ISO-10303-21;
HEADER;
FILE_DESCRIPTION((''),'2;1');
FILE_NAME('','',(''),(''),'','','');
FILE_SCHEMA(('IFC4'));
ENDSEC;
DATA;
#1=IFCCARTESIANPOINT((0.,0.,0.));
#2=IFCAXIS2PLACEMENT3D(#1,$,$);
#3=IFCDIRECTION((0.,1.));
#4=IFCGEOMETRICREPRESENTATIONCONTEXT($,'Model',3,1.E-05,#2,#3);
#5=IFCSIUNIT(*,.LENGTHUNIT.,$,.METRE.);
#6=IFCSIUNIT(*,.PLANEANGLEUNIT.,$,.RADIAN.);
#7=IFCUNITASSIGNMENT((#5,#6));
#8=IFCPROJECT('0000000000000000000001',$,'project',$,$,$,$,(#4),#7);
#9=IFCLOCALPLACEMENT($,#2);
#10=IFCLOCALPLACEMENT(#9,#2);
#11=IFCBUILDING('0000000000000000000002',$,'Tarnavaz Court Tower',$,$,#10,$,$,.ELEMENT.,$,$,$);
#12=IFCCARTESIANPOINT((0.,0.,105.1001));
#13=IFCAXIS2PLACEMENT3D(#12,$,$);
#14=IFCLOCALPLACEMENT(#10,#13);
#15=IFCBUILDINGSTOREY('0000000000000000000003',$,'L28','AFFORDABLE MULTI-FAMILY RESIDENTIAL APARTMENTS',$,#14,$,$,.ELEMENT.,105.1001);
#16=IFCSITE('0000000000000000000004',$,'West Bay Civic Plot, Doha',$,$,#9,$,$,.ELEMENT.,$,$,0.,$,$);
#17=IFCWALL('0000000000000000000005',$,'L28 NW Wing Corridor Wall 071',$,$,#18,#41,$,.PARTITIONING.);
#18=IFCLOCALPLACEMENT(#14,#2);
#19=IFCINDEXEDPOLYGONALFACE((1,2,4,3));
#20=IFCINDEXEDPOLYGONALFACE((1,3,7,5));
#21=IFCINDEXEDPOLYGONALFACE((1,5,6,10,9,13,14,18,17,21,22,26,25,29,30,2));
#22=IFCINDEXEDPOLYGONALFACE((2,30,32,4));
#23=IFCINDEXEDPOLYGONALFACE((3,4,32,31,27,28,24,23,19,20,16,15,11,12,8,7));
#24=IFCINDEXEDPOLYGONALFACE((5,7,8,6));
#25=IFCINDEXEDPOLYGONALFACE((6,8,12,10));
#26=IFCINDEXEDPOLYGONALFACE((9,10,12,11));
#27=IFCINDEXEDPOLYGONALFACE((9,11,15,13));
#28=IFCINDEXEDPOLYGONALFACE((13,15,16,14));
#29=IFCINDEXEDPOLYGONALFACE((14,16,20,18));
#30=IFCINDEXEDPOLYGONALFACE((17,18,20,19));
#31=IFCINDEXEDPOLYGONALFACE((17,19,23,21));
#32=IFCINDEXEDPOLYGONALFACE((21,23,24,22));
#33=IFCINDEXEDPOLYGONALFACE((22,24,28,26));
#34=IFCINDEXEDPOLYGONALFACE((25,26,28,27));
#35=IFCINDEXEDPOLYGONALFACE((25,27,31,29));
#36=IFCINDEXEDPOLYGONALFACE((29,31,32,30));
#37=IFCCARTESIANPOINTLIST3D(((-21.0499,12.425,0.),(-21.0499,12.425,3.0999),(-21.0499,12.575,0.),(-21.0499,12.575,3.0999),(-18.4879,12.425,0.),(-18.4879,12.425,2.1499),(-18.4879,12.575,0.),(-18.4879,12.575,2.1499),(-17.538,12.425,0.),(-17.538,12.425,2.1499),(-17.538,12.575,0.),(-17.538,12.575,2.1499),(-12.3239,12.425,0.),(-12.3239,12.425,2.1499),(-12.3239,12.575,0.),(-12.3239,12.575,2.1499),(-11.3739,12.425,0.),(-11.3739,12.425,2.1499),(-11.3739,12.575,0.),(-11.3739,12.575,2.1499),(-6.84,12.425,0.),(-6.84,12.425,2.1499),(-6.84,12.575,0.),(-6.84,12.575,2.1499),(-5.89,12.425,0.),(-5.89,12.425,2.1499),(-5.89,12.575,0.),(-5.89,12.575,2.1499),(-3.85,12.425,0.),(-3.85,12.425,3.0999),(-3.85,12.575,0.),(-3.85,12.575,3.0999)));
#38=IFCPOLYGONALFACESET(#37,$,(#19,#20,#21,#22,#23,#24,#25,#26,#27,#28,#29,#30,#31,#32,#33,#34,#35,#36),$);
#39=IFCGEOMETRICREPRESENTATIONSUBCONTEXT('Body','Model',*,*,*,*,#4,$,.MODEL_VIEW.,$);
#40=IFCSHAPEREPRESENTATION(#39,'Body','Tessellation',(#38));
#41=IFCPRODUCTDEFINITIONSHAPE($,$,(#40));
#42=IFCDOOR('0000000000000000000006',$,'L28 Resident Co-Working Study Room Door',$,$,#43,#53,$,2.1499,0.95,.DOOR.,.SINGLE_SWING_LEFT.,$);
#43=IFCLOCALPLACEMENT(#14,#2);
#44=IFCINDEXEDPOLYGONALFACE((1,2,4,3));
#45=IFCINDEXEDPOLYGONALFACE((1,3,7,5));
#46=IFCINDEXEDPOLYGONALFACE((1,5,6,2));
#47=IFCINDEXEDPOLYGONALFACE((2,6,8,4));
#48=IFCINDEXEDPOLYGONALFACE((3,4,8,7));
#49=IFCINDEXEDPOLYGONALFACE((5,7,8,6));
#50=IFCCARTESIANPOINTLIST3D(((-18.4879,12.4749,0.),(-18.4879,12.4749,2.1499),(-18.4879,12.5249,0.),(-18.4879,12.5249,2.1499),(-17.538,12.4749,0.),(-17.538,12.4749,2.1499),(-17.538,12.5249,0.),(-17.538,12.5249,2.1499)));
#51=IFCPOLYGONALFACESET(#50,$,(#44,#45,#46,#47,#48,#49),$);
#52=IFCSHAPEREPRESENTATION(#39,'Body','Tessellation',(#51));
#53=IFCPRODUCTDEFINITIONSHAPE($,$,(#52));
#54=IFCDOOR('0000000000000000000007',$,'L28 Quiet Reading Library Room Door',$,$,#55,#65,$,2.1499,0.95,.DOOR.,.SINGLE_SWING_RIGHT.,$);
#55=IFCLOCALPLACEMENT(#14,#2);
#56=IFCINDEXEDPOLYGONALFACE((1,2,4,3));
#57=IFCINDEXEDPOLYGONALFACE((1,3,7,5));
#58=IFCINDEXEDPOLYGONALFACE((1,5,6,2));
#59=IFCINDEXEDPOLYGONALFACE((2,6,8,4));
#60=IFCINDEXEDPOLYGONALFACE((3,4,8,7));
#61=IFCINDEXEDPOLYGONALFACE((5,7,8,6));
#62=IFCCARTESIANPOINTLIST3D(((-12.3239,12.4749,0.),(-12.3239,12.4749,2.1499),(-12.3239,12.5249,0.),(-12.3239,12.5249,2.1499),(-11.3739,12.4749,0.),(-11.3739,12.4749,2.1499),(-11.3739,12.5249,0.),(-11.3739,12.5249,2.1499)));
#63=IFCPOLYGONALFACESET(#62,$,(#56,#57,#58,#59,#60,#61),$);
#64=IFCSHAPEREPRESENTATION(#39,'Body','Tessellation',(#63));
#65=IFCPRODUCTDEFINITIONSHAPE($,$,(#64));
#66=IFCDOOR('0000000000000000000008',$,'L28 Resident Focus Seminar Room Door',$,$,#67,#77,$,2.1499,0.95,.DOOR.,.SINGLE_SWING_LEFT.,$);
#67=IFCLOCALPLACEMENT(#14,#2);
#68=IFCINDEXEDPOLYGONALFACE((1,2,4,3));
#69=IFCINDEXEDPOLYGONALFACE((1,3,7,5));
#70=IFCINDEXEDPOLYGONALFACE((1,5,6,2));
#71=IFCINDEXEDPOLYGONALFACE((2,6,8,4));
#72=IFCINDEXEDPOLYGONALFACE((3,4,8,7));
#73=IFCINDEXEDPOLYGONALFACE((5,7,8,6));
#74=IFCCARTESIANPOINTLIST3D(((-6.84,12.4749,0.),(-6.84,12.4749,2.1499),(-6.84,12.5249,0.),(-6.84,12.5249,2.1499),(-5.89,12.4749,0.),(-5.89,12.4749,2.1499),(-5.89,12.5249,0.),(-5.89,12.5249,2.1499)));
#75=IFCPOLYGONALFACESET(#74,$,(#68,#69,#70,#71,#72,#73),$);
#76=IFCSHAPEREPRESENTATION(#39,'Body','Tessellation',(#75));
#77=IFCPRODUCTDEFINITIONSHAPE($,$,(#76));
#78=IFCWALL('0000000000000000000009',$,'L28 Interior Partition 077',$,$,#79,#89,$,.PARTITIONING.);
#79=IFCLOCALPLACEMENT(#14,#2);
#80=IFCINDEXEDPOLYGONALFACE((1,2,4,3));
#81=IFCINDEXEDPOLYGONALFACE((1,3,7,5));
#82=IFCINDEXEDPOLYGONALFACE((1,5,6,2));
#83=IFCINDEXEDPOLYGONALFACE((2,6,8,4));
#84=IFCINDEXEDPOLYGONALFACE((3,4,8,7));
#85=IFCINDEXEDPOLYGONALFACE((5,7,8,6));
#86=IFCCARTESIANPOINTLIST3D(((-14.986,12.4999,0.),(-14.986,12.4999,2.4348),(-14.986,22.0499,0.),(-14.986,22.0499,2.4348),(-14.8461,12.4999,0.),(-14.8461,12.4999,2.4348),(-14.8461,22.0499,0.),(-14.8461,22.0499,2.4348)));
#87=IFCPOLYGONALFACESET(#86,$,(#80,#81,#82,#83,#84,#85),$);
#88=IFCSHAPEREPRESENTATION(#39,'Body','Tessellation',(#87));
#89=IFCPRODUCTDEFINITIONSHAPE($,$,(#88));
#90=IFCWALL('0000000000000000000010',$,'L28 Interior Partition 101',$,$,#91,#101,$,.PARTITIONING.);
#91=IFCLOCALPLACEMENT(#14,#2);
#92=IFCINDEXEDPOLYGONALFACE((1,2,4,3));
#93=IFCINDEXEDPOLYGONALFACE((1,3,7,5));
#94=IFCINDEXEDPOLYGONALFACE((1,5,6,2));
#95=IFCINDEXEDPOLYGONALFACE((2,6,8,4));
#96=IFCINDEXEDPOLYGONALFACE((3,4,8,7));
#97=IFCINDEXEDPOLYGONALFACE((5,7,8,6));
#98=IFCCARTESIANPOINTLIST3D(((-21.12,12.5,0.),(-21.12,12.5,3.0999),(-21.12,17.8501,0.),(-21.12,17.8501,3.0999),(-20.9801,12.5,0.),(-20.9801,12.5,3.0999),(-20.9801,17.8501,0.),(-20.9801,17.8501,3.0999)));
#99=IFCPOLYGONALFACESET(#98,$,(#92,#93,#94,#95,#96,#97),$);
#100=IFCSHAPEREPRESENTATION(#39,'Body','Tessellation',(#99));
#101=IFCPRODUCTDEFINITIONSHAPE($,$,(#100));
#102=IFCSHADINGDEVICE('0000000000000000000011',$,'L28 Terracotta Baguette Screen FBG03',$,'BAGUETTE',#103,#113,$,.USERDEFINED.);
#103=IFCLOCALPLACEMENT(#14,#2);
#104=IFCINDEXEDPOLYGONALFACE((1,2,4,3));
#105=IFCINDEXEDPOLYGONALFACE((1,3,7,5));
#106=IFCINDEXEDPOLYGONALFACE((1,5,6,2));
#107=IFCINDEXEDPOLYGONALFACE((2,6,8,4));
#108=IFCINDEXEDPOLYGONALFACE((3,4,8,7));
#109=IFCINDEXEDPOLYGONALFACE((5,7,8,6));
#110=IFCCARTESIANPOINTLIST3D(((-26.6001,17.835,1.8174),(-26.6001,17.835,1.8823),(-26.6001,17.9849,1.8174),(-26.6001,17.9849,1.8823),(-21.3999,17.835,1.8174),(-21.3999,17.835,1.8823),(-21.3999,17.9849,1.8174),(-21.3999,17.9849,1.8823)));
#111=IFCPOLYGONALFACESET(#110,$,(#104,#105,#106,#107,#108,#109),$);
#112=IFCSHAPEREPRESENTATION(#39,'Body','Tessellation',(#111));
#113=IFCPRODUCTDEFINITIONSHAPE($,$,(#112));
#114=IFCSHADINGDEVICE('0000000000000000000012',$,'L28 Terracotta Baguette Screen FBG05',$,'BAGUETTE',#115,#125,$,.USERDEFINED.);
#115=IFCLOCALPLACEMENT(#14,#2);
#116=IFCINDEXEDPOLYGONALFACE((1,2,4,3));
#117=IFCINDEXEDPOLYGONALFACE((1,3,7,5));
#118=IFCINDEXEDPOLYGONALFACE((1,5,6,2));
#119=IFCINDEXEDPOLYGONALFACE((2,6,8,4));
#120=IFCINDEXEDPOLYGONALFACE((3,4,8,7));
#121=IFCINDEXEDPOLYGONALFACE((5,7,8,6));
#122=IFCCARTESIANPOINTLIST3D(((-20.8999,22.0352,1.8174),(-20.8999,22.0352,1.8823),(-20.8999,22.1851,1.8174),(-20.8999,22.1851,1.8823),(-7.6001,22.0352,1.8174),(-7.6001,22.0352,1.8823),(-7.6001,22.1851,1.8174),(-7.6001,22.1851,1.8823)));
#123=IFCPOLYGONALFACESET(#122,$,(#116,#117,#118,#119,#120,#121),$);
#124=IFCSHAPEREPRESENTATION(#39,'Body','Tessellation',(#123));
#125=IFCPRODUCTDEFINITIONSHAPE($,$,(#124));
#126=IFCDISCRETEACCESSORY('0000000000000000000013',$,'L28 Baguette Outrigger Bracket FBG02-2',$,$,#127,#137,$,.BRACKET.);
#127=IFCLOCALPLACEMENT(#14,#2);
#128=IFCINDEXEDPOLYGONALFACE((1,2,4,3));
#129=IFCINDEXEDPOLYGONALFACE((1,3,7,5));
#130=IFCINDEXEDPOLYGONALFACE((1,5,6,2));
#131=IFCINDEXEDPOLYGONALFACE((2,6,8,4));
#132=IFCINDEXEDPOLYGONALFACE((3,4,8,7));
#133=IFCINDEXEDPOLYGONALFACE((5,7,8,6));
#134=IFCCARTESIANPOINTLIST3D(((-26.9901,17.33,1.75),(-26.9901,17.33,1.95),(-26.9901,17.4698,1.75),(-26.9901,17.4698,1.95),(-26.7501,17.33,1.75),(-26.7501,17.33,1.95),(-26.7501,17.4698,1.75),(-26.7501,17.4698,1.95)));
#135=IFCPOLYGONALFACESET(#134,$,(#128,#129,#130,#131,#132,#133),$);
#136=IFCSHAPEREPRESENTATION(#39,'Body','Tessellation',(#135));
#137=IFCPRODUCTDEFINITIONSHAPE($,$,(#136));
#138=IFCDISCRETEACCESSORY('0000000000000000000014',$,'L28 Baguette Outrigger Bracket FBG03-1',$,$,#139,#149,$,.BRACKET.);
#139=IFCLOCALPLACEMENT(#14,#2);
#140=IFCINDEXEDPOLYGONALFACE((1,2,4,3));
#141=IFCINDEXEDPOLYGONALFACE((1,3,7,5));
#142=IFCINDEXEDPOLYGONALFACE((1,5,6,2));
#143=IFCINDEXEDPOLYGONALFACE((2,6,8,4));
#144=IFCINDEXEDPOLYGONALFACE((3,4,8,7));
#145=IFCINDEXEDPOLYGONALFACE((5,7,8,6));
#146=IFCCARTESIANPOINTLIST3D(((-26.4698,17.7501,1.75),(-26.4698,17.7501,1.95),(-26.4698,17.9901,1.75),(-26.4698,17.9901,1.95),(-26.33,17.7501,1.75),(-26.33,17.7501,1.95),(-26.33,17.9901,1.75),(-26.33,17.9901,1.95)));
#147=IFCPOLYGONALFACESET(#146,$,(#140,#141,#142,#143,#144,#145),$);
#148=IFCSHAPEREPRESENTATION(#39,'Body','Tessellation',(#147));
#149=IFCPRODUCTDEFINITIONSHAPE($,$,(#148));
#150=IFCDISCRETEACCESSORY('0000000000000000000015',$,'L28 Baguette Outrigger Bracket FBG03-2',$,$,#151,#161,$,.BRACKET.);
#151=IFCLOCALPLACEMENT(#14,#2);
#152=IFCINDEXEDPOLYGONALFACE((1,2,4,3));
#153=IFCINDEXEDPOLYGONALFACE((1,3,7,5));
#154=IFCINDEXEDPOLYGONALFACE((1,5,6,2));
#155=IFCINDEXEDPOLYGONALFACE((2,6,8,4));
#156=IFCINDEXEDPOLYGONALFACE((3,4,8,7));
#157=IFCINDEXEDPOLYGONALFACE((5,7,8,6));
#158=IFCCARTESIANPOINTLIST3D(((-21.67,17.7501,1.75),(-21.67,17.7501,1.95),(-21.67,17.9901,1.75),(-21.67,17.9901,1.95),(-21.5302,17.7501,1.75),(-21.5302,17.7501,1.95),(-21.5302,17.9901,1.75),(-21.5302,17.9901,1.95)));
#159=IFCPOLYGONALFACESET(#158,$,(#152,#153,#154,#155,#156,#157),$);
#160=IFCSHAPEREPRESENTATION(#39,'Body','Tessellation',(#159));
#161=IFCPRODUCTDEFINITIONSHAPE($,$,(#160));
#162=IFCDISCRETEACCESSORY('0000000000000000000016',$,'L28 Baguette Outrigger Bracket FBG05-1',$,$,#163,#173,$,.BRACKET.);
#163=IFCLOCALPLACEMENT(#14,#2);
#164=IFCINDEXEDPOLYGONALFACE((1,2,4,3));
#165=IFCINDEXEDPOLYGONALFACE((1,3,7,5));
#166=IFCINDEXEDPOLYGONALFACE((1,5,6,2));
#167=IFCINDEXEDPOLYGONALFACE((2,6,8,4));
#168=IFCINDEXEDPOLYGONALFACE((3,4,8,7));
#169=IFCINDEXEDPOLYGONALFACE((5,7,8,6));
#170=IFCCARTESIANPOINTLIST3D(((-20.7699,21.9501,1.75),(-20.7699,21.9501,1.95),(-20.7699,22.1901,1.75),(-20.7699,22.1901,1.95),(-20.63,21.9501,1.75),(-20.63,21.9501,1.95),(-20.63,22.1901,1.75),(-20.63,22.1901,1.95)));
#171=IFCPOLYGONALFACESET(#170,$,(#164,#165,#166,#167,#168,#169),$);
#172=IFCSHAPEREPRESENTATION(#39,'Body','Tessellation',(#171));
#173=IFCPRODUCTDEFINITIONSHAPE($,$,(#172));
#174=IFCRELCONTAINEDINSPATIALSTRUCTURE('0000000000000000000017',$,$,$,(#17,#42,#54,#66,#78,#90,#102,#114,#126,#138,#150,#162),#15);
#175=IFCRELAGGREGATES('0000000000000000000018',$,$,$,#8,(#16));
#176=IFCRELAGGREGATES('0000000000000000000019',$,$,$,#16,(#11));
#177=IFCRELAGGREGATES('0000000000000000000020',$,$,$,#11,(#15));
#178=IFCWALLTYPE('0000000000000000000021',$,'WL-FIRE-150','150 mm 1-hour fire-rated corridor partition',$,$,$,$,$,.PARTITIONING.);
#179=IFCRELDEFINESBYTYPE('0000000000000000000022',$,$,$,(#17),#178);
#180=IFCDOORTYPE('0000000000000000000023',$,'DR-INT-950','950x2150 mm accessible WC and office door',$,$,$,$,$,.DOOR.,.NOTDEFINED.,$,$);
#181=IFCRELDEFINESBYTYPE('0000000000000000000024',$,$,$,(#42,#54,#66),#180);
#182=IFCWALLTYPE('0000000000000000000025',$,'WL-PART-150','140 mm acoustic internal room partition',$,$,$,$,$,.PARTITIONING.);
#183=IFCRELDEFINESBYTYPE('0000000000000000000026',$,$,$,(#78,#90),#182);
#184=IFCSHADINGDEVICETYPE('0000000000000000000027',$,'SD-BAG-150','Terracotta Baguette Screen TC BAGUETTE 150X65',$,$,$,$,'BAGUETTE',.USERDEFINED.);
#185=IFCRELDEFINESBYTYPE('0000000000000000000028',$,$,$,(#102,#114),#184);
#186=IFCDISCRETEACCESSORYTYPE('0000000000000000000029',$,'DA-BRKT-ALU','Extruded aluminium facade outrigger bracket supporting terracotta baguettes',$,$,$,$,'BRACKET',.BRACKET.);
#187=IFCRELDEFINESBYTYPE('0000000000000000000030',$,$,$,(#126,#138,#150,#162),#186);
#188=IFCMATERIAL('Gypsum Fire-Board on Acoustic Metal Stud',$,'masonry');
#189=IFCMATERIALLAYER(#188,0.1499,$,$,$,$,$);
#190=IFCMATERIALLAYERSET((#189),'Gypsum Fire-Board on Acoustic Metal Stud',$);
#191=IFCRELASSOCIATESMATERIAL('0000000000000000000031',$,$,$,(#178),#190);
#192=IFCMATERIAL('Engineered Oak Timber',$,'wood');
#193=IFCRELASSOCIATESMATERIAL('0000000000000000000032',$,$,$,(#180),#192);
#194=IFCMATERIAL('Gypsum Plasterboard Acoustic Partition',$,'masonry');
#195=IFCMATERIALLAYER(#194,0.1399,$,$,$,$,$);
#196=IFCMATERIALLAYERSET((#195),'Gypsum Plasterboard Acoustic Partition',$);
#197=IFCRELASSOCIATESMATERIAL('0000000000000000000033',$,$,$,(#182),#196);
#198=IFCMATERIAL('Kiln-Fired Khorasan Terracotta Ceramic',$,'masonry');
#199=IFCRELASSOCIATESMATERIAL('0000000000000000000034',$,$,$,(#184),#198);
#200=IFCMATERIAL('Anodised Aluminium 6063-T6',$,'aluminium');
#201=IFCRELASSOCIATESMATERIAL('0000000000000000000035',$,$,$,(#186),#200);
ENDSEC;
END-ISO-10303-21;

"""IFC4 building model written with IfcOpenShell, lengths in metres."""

from ifc_helpers import new_model, si_unit, direction, frame, frame_2d, origin, origin_2d, place, context, subcontext, project, spatial, rectangle, extrude, material, layer, layer_set, material_profile, profile_set, type_object, element, fill, save


model = new_model("IFC4")

# Units and contexts
model_context = context("Model", 3, precision=1e-05, world=origin(), true_north=direction((0.0, 1.0)))
body_context = subcontext(model_context, "Body", "Model", "MODEL_VIEW")
ifc_project = project(units=[si_unit("LENGTHUNIT", "METRE"), si_unit("PLANEANGLEUNIT", "RADIAN")], contexts=[model_context])

# Site, building, storey
site_placement = place(None, origin())
site = spatial("IfcSite", under=ifc_project, at=site_placement, Name="West Bay Civic Plot, Doha", CompositionType="ELEMENT", RefElevation=0.0)
building_placement = place(site_placement, origin())
building = spatial("IfcBuilding", under=site, at=building_placement, Name="Tarnavaz Court Tower", CompositionType="ELEMENT")
storey_placement = place(building_placement, frame((0.0, 0.0, 105.1001)))
storey = spatial("IfcBuildingStorey", under=building, at=storey_placement, Name="L28", Description="AFFORDABLE MULTI-FAMILY RESIDENTIAL APARTMENTS", CompositionType="ELEMENT", Elevation=105.1001)

# Wall, openings, doors
ifc_material_1 = material(Name="Gypsum Fire-Board on Acoustic Metal Stud", Category="masonry")
ifc_layer_1 = layer(ifc_material_1, 0.1499)
ifc_layer_set_1 = layer_set([ifc_layer_1], Name="Gypsum Fire-Board on Acoustic Metal Stud")
wall_type_1 = type_object("IfcWallType", Name="WL-FIRE-150", Description="150 mm 1-hour fire-rated corridor partition", PredefinedType="PARTITIONING", material=ifc_layer_set_1)
wall_1_placement = place(storey_placement, frame((-21.05, 12.5, 0.0), z_axis=(0.0, 0.0, 1.0), x_axis=(1.0, 0.0, 0.0)))
wall_1 = element("IfcWall", 1, at=wall_1_placement, inside=storey, type_object=wall_type_1, Name="L28 NW Wing Corridor Wall 071", PredefinedType="PARTITIONING", context=body_context, shape_type="SweptSolid", body=[
    extrude(rectangle(XDim=17.2, YDim=0.1499, at=frame_2d((8.6001, 0.0))), origin(), (0.0, 0.0, 1.0), 3.0999),
])
opening_1_placement = place(wall_1_placement, frame((2.562, 0.0, 0.0)))
opening_1 = element("IfcOpeningElement", 2, at=opening_1_placement, cuts=wall_1, PredefinedType="OPENING", context=body_context, shape_type="SweptSolid", body=[
    extrude(rectangle(XDim=0.95, YDim=2.1499, at=frame_2d((0.4751, 1.075))), frame((0.0, 0.085, 0.0), z_axis=(0.0, -1.0, 0.0), x_axis=(1.0, 0.0, 0.0)), (0.0, 0.0, 1.0), 0.1699),
])
opening_2_placement = place(wall_1_placement, frame((8.7261, 0.0, 0.0)))
opening_2 = element("IfcOpeningElement", 3, at=opening_2_placement, cuts=wall_1, PredefinedType="OPENING", context=body_context, shape_type="SweptSolid", body=[
    extrude(rectangle(XDim=0.95, YDim=2.1499, at=frame_2d((0.4751, 1.075))), frame((0.0, 0.085, 0.0), z_axis=(0.0, -1.0, 0.0), x_axis=(1.0, 0.0, 0.0)), (0.0, 0.0, 1.0), 0.1699),
])
opening_3_placement = place(wall_1_placement, frame((14.21, 0.0, 0.0)))
opening_3 = element("IfcOpeningElement", 4, at=opening_3_placement, cuts=wall_1, PredefinedType="OPENING", context=body_context, shape_type="SweptSolid", body=[
    extrude(rectangle(XDim=0.95, YDim=2.1499, at=frame_2d((0.4751, 1.075))), frame((0.0, 0.085, 0.0), z_axis=(0.0, -1.0, 0.0), x_axis=(1.0, 0.0, 0.0)), (0.0, 0.0, 1.0), 0.1699),
])
ifc_material_2 = material(Name="Engineered Oak Timber", Category="wood")
door_type = type_object("IfcDoorType", Name="DR-INT-950", Description="950x2150 mm accessible WC and office door", OperationType="NOTDEFINED", PredefinedType="DOOR", material=ifc_material_2)
door_1_placement = place(opening_1_placement, origin())
door_1 = element("IfcDoor", 5, at=door_1_placement, inside=storey, type_object=door_type, Name="L28 Resident Co-Working Study Room Door", OperationType="SINGLE_SWING_LEFT", OverallHeight=2.1499, OverallWidth=0.95, PredefinedType="DOOR", context=body_context, shape_type="SweptSolid", body=[
    extrude(rectangle(XDim=0.95, YDim=2.1499, at=frame_2d((0.4751, 1.075))), frame((0.0, 0.0249, 0.0), z_axis=(0.0, -1.0, 0.0), x_axis=(1.0, 0.0, 0.0)), (0.0, 0.0, 1.0), 0.05),
])
fill(opening_1, door_1)
door_2_placement = place(opening_2_placement, origin())
door_2 = element("IfcDoor", 6, at=door_2_placement, inside=storey, type_object=door_type, Name="L28 Quiet Reading Library Room Door", OperationType="SINGLE_SWING_RIGHT", OverallHeight=2.1499, OverallWidth=0.95, PredefinedType="DOOR", context=body_context, shape_type="SweptSolid", body=[
    extrude(rectangle(XDim=0.95, YDim=2.1499, at=frame_2d((0.4751, 1.075))), frame((0.0, 0.0249, 0.0), z_axis=(0.0, -1.0, 0.0), x_axis=(1.0, 0.0, 0.0)), (0.0, 0.0, 1.0), 0.05),
])
fill(opening_2, door_2)
door_3_placement = place(opening_3_placement, origin())
door_3 = element("IfcDoor", 7, at=door_3_placement, inside=storey, type_object=door_type, Name="L28 Resident Focus Seminar Room Door", OperationType="SINGLE_SWING_LEFT", OverallHeight=2.1499, OverallWidth=0.95, PredefinedType="DOOR", context=body_context, shape_type="SweptSolid", body=[
    extrude(rectangle(XDim=0.95, YDim=2.1499, at=frame_2d((0.4751, 1.075))), frame((0.0, 0.0249, 0.0), z_axis=(0.0, -1.0, 0.0), x_axis=(1.0, 0.0, 0.0)), (0.0, 0.0, 1.0), 0.05),
])
fill(opening_3, door_3)

# Walls
ifc_material_3 = material(Name="Gypsum Plasterboard Acoustic Partition", Category="masonry")
ifc_layer_2 = layer(ifc_material_3, 0.1399)
ifc_layer_set_2 = layer_set([ifc_layer_2], Name="Gypsum Plasterboard Acoustic Partition")
wall_type_2 = type_object("IfcWallType", Name="WL-PART-150", Description="140 mm acoustic internal room partition", PredefinedType="PARTITIONING", material=ifc_layer_set_2)
wall_2_placement = place(storey_placement, frame((-14.916, 12.5, 0.0), z_axis=(0.0, 0.0, 1.0), x_axis=(0.0, 1.0, 0.0)))
element("IfcWall", 8, at=wall_2_placement, inside=storey, type_object=wall_type_2, Name="L28 Interior Partition 077", PredefinedType="PARTITIONING", context=body_context, shape_type="SweptSolid", body=[
    extrude(rectangle(XDim=9.55, YDim=0.1399, at=frame_2d((4.7749, 0.0))), origin(), (0.0, 0.0, 1.0), 2.4348),
])
wall_3_placement = place(storey_placement, frame((-21.05, 12.5, 0.0), z_axis=(0.0, 0.0, 1.0), x_axis=(0.0, 1.0, 0.0)))
element("IfcWall", 9, at=wall_3_placement, inside=storey, type_object=wall_type_2, Name="L28 Interior Partition 101", PredefinedType="PARTITIONING", context=body_context, shape_type="SweptSolid", body=[
    extrude(rectangle(XDim=5.3501, YDim=0.1399, at=frame_2d((2.675, 0.0))), origin(), (0.0, 0.0, 1.0), 3.0999),
])

# Shading devices
ifc_material_4 = material(Name="Kiln-Fired Khorasan Terracotta Ceramic", Category="masonry")
ifc_material_profile_1 = material_profile(ifc_material_4, rectangle(XDim=0.1499, YDim=0.0649, at=origin_2d()), Name="TC BAGUETTE 150X65")
ifc_profile_set_1 = profile_set([ifc_material_profile_1], Name="Kiln-Fired Khorasan Terracotta Ceramic")
shading_device_type = type_object("IfcShadingDeviceType", Name="SD-BAG-150", Description="Terracotta Baguette Screen TC BAGUETTE 150X65", ElementType="BAGUETTE", PredefinedType="USERDEFINED", material=ifc_profile_set_1)
shading_device_1_placement = place(storey_placement, frame((-26.6001, 17.9099, 1.8499), z_axis=(1.0, 0.0, 0.0), x_axis=(0.0, 1.0, 0.0)))
element("IfcShadingDevice", 10, at=shading_device_1_placement, inside=storey, type_object=shading_device_type, Name="L28 Terracotta Baguette Screen FBG03", ObjectType="BAGUETTE", PredefinedType="USERDEFINED", context=body_context, shape_type="SweptSolid", body=[
    extrude(rectangle(XDim=0.1499, YDim=0.0649, at=origin_2d()), origin(), (0.0, 0.0, 1.0), 5.2002),
])
shading_device_2_placement = place(storey_placement, frame((-20.8999, 22.1101, 1.8499), z_axis=(1.0, 0.0, 0.0), x_axis=(0.0, 1.0, 0.0)))
element("IfcShadingDevice", 11, at=shading_device_2_placement, inside=storey, type_object=shading_device_type, Name="L28 Terracotta Baguette Screen FBG05", ObjectType="BAGUETTE", PredefinedType="USERDEFINED", context=body_context, shape_type="SweptSolid", body=[
    extrude(rectangle(XDim=0.1499, YDim=0.0649, at=origin_2d()), origin(), (0.0, 0.0, 1.0), 13.2998),
])

# Discrete accessories
ifc_material_5 = material(Name="Anodised Aluminium 6063-T6", Category="aluminium")
discrete_accessory_type = type_object("IfcDiscreteAccessoryType", Name="DA-BRKT-ALU", Description="Extruded aluminium facade outrigger bracket supporting terracotta baguettes", ElementType="BRACKET", PredefinedType="BRACKET", material=ifc_material_5)
for number, where, z_axis, x_axis, name in (
    (12, (-26.8701, 17.3999, 1.75), (0.0, 0.0, 1.0), (0.0, 1.0, 0.0), "L28 Baguette Outrigger Bracket FBG02-2"),
    (13, (-26.3999, 17.8701, 1.75), (0.0, 0.0, 1.0), (1.0, 0.0, 0.0), "L28 Baguette Outrigger Bracket FBG03-1"),
    (14, (-21.6001, 17.8701, 1.75), (0.0, 0.0, 1.0), (1.0, 0.0, 0.0), "L28 Baguette Outrigger Bracket FBG03-2"),
    (15, (-20.7, 22.0701, 1.75), (0.0, 0.0, 1.0), (1.0, 0.0, 0.0), "L28 Baguette Outrigger Bracket FBG05-1"),
):
    element("IfcDiscreteAccessory", number, at=place(storey_placement, frame(where, z_axis=z_axis, x_axis=x_axis)), inside=storey, type_object=discrete_accessory_type, Name=name, PredefinedType="BRACKET", context=body_context, shape_type="SweptSolid", body=[
        extrude(rectangle(XDim=0.1399, YDim=0.24, at=origin_2d()), origin(), (0.0, 0.0, 1.0), 0.2),
    ])

save(model, "model.ifc")
